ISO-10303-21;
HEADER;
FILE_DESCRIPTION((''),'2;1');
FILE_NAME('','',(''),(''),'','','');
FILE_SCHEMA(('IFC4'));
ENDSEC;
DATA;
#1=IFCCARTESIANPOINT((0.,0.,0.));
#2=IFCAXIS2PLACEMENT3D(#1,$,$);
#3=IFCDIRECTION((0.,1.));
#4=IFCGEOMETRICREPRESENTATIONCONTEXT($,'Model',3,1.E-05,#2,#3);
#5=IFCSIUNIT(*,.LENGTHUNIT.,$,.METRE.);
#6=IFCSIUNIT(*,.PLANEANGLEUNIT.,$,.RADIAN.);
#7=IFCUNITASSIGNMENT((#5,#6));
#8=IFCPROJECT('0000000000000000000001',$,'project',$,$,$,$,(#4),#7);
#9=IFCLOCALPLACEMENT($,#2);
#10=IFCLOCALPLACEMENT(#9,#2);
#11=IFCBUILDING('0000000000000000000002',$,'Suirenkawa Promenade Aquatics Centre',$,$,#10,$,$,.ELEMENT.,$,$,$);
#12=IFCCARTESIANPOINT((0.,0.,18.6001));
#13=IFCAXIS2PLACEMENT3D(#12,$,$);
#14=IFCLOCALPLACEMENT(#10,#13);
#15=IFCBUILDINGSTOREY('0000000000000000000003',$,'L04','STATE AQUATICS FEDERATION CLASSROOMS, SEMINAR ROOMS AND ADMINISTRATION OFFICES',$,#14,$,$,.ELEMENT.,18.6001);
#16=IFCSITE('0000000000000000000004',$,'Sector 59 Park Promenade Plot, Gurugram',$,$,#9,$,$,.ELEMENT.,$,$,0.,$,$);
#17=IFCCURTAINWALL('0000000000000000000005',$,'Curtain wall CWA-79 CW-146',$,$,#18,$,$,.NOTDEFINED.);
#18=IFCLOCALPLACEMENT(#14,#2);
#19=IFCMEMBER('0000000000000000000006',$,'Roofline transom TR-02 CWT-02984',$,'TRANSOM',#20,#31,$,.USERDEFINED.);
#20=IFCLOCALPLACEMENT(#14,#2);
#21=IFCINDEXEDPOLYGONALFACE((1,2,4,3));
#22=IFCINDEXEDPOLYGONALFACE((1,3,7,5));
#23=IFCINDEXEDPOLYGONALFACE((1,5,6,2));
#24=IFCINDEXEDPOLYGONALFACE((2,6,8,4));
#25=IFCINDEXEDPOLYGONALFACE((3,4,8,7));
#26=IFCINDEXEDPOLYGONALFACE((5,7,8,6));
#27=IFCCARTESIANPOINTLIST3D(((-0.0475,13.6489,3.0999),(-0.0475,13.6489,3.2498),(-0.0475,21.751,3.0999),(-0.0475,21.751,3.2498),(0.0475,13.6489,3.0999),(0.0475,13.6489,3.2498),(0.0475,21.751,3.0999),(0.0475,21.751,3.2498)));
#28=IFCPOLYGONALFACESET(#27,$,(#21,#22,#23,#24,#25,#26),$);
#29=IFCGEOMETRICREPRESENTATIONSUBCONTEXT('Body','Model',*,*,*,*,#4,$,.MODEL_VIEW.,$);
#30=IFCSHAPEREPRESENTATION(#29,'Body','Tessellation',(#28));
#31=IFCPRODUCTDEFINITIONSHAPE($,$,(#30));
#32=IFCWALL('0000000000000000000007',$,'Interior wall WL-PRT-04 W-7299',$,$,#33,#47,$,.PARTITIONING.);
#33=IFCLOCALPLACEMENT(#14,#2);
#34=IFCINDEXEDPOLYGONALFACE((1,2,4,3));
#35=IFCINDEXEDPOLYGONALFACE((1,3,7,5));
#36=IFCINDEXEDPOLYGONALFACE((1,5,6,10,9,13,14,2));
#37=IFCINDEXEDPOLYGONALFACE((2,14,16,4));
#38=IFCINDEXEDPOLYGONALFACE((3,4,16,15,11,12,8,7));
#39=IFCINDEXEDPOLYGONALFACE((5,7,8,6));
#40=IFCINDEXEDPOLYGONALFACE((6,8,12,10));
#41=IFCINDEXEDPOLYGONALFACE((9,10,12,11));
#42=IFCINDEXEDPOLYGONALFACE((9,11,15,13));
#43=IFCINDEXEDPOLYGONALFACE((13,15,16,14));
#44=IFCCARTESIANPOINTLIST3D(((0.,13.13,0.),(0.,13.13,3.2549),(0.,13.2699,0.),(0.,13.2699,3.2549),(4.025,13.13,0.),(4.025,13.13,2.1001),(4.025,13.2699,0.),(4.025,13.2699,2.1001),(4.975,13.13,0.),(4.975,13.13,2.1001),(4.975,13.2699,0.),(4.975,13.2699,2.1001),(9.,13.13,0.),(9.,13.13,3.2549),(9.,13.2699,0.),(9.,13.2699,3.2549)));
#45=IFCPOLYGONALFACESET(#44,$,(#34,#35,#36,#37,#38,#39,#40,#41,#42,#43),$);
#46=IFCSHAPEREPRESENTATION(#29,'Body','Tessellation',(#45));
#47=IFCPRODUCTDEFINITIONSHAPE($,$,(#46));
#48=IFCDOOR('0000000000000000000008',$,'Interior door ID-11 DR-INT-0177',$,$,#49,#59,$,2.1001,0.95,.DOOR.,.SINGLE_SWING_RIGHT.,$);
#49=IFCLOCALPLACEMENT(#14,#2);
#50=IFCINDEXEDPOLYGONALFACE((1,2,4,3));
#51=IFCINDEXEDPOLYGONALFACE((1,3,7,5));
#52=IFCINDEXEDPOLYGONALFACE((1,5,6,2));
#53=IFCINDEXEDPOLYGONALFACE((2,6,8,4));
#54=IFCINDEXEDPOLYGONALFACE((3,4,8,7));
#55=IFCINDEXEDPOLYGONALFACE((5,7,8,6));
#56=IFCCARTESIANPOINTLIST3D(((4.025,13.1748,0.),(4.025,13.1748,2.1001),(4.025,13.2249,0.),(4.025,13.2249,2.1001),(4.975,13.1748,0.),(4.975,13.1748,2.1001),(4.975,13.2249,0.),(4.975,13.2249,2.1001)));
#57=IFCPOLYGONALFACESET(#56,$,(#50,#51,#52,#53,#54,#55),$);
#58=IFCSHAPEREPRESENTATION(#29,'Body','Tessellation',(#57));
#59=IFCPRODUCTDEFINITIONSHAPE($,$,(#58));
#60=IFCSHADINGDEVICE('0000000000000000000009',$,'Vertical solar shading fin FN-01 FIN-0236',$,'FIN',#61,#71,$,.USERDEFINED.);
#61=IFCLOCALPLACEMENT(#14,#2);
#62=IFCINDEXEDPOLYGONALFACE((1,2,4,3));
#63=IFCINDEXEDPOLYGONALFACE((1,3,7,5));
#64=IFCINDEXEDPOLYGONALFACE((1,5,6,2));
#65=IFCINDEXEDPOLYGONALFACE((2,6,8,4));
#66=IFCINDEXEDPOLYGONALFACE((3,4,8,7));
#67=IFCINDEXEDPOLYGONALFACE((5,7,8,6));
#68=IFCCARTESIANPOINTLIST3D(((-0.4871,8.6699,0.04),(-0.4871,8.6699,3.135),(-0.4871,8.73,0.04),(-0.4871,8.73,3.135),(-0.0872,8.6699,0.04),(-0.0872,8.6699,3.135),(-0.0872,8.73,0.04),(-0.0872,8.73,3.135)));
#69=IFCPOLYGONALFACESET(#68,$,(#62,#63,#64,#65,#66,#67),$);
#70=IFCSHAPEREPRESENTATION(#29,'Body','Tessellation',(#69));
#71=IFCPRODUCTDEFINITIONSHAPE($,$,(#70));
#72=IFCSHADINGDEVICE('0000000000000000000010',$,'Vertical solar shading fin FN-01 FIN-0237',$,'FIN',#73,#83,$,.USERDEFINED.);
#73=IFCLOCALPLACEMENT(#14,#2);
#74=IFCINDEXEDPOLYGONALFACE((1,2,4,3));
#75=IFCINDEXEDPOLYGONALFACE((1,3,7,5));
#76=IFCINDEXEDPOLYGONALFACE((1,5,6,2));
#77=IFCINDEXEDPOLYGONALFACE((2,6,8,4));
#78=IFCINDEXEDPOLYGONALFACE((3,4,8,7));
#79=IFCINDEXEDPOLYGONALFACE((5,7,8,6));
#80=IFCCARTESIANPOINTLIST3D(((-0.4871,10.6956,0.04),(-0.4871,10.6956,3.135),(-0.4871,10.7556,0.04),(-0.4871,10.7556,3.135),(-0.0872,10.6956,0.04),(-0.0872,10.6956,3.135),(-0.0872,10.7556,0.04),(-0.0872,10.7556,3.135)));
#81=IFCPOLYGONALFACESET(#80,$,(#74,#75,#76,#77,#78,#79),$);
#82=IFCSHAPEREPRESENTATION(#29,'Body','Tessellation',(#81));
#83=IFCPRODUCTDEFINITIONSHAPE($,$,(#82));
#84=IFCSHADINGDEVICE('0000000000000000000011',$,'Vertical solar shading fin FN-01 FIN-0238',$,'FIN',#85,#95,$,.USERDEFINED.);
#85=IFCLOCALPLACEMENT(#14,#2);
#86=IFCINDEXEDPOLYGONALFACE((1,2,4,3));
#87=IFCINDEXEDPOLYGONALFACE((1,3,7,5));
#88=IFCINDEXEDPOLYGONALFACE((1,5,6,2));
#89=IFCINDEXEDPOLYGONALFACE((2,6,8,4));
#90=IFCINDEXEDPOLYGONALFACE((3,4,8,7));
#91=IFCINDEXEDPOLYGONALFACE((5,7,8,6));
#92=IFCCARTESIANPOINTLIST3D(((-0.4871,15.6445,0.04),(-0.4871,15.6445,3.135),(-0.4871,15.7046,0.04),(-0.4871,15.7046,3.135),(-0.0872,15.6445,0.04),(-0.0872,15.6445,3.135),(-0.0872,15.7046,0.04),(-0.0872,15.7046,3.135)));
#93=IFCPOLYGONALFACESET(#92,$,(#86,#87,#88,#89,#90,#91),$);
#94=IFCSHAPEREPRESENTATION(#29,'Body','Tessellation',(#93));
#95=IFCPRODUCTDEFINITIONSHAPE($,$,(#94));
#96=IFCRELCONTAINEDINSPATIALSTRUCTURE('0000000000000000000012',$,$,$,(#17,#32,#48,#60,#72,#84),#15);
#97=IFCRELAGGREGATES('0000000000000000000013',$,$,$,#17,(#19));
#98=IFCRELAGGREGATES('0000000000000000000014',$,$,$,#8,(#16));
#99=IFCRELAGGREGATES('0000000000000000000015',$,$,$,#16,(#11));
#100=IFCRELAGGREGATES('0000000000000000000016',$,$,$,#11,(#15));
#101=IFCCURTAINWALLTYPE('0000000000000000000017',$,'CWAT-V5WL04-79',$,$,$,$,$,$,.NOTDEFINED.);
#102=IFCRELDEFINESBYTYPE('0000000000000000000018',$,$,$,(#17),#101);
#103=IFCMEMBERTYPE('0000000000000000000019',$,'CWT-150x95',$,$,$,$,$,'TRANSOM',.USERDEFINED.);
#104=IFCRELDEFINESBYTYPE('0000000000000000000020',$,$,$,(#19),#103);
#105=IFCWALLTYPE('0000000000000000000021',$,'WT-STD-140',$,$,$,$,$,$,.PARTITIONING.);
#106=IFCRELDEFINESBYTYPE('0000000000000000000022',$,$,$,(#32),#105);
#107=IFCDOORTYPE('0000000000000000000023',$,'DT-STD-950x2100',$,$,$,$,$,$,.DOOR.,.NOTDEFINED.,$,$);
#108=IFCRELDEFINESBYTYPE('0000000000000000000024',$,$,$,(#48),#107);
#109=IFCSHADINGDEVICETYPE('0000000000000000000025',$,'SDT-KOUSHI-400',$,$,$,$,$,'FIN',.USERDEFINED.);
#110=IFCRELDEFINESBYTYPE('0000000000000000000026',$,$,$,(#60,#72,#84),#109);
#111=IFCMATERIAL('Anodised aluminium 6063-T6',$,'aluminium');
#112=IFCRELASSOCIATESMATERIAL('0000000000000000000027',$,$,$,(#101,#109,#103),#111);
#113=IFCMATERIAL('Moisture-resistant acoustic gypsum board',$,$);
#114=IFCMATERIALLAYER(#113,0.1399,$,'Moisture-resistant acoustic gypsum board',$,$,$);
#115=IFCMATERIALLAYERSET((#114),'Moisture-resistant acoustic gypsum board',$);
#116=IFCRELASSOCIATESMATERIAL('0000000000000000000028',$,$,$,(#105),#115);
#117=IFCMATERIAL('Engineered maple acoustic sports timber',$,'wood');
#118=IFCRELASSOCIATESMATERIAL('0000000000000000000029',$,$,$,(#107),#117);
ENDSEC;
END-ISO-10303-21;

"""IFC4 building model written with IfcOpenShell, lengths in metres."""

from ifc_helpers import new_model, si_unit, direction, frame, frame_2d, origin, origin_2d, place, context, subcontext, project, spatial, rectangle, extrude, material, layer, layer_set, material_profile, profile_set, type_object, element, fill, aggregate, save


model = new_model("IFC4")

# Units and contexts
model_context = context("Model", 3, precision=1e-05, world=origin(), true_north=direction((0.0, 1.0)))
body_context = subcontext(model_context, "Body", "Model", "MODEL_VIEW")
ifc_project = project(units=[si_unit("LENGTHUNIT", "METRE"), si_unit("PLANEANGLEUNIT", "RADIAN")], contexts=[model_context])

# Site, building, storey
site_placement = place(None, origin())
site = spatial("IfcSite", under=ifc_project, at=site_placement, Name="Sector 59 Park Promenade Plot, Gurugram", CompositionType="ELEMENT", RefElevation=0.0)
building_placement = place(site_placement, origin())
building = spatial("IfcBuilding", under=site, at=building_placement, Name="Suirenkawa Promenade Aquatics Centre", CompositionType="ELEMENT")
storey_placement = place(building_placement, frame((0.0, 0.0, 18.6001)))
storey = spatial("IfcBuildingStorey", under=building, at=storey_placement, Name="L04", Description="STATE AQUATICS FEDERATION CLASSROOMS, SEMINAR ROOMS AND ADMINISTRATION OFFICES", CompositionType="ELEMENT", Elevation=18.6001)

# Curtain wall
ifc_material_1 = material(Name="Anodised aluminium 6063-T6", Category="aluminium")
curtain_wall_type = type_object("IfcCurtainWallType", Name="CWAT-V5WL04-79", PredefinedType="NOTDEFINED", material=ifc_material_1)
curtain_wall_1_placement = place(storey_placement, origin())
curtain_wall_1 = element("IfcCurtainWall", 1, at=curtain_wall_1_placement, inside=storey, type_object=curtain_wall_type, Name="Curtain wall CWA-79 CW-146", PredefinedType="NOTDEFINED")

# Member
ifc_material_profile_1 = material_profile(ifc_material_1, rectangle(XDim=0.095, YDim=0.1499, at=origin_2d()), Name="ALU TRAN 95x150", Category="aluminium")
ifc_profile_set_1 = profile_set([ifc_material_profile_1], Name="Anodised aluminium 6063-T6")
member_type_1 = type_object("IfcMemberType", Name="CWT-150x95", ElementType="TRANSOM", PredefinedType="USERDEFINED", material=ifc_profile_set_1)
member_1_placement = place(storey_placement, frame((0.0, 13.6489, 3.1748), z_axis=(0.0, 1.0, 0.0), x_axis=(-1.0, 0.0, 0.0)))
member_1 = element("IfcMember", 2, at=member_1_placement, type_object=member_type_1, Name="Roofline transom TR-02 CWT-02984", ObjectType="TRANSOM", PredefinedType="USERDEFINED", context=body_context, shape_type="SweptSolid", body=[
    extrude(rectangle(XDim=0.095, YDim=0.1499, at=origin_2d()), origin(), (0.0, 0.0, 1.0), 8.1021),
])

aggregate(curtain_wall_1, [member_1])

# Wall, opening, door
ifc_material_2 = material(Name="Moisture-resistant acoustic gypsum board")
ifc_layer_1 = layer(ifc_material_2, 0.1399, Name="Moisture-resistant acoustic gypsum board")
ifc_layer_set_1 = layer_set([ifc_layer_1], Name="Moisture-resistant acoustic gypsum board")
wall_type = type_object("IfcWallType", Name="WT-STD-140", PredefinedType="PARTITIONING", material=ifc_layer_set_1)
wall_placement = place(storey_placement, frame((0.0, 13.2, 0.0), z_axis=(0.0, 0.0, 1.0), x_axis=(1.0, 0.0, 0.0)))
wall = element("IfcWall", 3, at=wall_placement, inside=storey, type_object=wall_type, Name="Interior wall WL-PRT-04 W-7299", PredefinedType="PARTITIONING", context=body_context, shape_type="SweptSolid", body=[
    extrude(rectangle(XDim=9.0, YDim=0.1399, at=frame_2d((4.5, 0.0))), origin(), (0.0, 0.0, 1.0), 3.2549),
])
opening_placement = place(wall_placement, frame((4.0249, 0.0, 0.0)))
opening = element("IfcOpeningElement", 4, at=opening_placement, cuts=wall, PredefinedType="OPENING", context=body_context, shape_type="SweptSolid", body=[
    extrude(rectangle(XDim=0.95, YDim=2.1001, at=frame_2d((0.4751, 1.05))), frame((0.0, 0.0798, 0.0), z_axis=(0.0, -1.0, 0.0), x_axis=(1.0, 0.0, 0.0)), (0.0, 0.0, 1.0), 0.1599),
])
ifc_material_3 = material(Name="Engineered maple acoustic sports timber", Category="wood")
door_type = type_object("IfcDoorType", Name="DT-STD-950x2100", OperationType="NOTDEFINED", PredefinedType="DOOR", material=ifc_material_3)
door_placement = place(opening_placement, origin())
door = element("IfcDoor", 5, at=door_placement, inside=storey, type_object=door_type, Name="Interior door ID-11 DR-INT-0177", OperationType="SINGLE_SWING_RIGHT", OverallHeight=2.1001, OverallWidth=0.95, PredefinedType="DOOR", context=body_context, shape_type="SweptSolid", body=[
    extrude(rectangle(XDim=0.95, YDim=2.1001, at=frame_2d((0.4751, 1.05))), frame((0.0, 0.0249, 0.0), z_axis=(0.0, -1.0, 0.0), x_axis=(1.0, 0.0, 0.0)), (0.0, 0.0, 1.0), 0.05),
])
fill(opening, door)

# Shading devices
shading_device_type = type_object("IfcShadingDeviceType", Name="SDT-KOUSHI-400", ElementType="FIN", PredefinedType="USERDEFINED", material=ifc_material_1)
for number, where, z_axis, x_axis, name in (
    (6, (-0.2871, 8.7, 0.04), (0.0, 0.0, 1.0), (-1.0, 0.0, 0.0), "Vertical solar shading fin FN-01 FIN-0236"),
    (7, (-0.2871, 10.7256, 0.04), (0.0, 0.0, 1.0), (-1.0, 0.0, 0.0), "Vertical solar shading fin FN-01 FIN-0237"),
    (8, (-0.2871, 15.6746, 0.04), (0.0, 0.0, 1.0), (-1.0, 0.0, 0.0), "Vertical solar shading fin FN-01 FIN-0238"),
):
    element("IfcShadingDevice", number, at=place(storey_placement, frame(where, z_axis=z_axis, x_axis=x_axis)), inside=storey, type_object=shading_device_type, Name=name, ObjectType="FIN", PredefinedType="USERDEFINED", context=body_context, shape_type="SweptSolid", body=[
        extrude(rectangle(XDim=0.3999, YDim=0.0601, at=origin_2d()), origin(), (0.0, 0.0, 1.0), 3.095),
    ])

save(model, "model.ifc")
